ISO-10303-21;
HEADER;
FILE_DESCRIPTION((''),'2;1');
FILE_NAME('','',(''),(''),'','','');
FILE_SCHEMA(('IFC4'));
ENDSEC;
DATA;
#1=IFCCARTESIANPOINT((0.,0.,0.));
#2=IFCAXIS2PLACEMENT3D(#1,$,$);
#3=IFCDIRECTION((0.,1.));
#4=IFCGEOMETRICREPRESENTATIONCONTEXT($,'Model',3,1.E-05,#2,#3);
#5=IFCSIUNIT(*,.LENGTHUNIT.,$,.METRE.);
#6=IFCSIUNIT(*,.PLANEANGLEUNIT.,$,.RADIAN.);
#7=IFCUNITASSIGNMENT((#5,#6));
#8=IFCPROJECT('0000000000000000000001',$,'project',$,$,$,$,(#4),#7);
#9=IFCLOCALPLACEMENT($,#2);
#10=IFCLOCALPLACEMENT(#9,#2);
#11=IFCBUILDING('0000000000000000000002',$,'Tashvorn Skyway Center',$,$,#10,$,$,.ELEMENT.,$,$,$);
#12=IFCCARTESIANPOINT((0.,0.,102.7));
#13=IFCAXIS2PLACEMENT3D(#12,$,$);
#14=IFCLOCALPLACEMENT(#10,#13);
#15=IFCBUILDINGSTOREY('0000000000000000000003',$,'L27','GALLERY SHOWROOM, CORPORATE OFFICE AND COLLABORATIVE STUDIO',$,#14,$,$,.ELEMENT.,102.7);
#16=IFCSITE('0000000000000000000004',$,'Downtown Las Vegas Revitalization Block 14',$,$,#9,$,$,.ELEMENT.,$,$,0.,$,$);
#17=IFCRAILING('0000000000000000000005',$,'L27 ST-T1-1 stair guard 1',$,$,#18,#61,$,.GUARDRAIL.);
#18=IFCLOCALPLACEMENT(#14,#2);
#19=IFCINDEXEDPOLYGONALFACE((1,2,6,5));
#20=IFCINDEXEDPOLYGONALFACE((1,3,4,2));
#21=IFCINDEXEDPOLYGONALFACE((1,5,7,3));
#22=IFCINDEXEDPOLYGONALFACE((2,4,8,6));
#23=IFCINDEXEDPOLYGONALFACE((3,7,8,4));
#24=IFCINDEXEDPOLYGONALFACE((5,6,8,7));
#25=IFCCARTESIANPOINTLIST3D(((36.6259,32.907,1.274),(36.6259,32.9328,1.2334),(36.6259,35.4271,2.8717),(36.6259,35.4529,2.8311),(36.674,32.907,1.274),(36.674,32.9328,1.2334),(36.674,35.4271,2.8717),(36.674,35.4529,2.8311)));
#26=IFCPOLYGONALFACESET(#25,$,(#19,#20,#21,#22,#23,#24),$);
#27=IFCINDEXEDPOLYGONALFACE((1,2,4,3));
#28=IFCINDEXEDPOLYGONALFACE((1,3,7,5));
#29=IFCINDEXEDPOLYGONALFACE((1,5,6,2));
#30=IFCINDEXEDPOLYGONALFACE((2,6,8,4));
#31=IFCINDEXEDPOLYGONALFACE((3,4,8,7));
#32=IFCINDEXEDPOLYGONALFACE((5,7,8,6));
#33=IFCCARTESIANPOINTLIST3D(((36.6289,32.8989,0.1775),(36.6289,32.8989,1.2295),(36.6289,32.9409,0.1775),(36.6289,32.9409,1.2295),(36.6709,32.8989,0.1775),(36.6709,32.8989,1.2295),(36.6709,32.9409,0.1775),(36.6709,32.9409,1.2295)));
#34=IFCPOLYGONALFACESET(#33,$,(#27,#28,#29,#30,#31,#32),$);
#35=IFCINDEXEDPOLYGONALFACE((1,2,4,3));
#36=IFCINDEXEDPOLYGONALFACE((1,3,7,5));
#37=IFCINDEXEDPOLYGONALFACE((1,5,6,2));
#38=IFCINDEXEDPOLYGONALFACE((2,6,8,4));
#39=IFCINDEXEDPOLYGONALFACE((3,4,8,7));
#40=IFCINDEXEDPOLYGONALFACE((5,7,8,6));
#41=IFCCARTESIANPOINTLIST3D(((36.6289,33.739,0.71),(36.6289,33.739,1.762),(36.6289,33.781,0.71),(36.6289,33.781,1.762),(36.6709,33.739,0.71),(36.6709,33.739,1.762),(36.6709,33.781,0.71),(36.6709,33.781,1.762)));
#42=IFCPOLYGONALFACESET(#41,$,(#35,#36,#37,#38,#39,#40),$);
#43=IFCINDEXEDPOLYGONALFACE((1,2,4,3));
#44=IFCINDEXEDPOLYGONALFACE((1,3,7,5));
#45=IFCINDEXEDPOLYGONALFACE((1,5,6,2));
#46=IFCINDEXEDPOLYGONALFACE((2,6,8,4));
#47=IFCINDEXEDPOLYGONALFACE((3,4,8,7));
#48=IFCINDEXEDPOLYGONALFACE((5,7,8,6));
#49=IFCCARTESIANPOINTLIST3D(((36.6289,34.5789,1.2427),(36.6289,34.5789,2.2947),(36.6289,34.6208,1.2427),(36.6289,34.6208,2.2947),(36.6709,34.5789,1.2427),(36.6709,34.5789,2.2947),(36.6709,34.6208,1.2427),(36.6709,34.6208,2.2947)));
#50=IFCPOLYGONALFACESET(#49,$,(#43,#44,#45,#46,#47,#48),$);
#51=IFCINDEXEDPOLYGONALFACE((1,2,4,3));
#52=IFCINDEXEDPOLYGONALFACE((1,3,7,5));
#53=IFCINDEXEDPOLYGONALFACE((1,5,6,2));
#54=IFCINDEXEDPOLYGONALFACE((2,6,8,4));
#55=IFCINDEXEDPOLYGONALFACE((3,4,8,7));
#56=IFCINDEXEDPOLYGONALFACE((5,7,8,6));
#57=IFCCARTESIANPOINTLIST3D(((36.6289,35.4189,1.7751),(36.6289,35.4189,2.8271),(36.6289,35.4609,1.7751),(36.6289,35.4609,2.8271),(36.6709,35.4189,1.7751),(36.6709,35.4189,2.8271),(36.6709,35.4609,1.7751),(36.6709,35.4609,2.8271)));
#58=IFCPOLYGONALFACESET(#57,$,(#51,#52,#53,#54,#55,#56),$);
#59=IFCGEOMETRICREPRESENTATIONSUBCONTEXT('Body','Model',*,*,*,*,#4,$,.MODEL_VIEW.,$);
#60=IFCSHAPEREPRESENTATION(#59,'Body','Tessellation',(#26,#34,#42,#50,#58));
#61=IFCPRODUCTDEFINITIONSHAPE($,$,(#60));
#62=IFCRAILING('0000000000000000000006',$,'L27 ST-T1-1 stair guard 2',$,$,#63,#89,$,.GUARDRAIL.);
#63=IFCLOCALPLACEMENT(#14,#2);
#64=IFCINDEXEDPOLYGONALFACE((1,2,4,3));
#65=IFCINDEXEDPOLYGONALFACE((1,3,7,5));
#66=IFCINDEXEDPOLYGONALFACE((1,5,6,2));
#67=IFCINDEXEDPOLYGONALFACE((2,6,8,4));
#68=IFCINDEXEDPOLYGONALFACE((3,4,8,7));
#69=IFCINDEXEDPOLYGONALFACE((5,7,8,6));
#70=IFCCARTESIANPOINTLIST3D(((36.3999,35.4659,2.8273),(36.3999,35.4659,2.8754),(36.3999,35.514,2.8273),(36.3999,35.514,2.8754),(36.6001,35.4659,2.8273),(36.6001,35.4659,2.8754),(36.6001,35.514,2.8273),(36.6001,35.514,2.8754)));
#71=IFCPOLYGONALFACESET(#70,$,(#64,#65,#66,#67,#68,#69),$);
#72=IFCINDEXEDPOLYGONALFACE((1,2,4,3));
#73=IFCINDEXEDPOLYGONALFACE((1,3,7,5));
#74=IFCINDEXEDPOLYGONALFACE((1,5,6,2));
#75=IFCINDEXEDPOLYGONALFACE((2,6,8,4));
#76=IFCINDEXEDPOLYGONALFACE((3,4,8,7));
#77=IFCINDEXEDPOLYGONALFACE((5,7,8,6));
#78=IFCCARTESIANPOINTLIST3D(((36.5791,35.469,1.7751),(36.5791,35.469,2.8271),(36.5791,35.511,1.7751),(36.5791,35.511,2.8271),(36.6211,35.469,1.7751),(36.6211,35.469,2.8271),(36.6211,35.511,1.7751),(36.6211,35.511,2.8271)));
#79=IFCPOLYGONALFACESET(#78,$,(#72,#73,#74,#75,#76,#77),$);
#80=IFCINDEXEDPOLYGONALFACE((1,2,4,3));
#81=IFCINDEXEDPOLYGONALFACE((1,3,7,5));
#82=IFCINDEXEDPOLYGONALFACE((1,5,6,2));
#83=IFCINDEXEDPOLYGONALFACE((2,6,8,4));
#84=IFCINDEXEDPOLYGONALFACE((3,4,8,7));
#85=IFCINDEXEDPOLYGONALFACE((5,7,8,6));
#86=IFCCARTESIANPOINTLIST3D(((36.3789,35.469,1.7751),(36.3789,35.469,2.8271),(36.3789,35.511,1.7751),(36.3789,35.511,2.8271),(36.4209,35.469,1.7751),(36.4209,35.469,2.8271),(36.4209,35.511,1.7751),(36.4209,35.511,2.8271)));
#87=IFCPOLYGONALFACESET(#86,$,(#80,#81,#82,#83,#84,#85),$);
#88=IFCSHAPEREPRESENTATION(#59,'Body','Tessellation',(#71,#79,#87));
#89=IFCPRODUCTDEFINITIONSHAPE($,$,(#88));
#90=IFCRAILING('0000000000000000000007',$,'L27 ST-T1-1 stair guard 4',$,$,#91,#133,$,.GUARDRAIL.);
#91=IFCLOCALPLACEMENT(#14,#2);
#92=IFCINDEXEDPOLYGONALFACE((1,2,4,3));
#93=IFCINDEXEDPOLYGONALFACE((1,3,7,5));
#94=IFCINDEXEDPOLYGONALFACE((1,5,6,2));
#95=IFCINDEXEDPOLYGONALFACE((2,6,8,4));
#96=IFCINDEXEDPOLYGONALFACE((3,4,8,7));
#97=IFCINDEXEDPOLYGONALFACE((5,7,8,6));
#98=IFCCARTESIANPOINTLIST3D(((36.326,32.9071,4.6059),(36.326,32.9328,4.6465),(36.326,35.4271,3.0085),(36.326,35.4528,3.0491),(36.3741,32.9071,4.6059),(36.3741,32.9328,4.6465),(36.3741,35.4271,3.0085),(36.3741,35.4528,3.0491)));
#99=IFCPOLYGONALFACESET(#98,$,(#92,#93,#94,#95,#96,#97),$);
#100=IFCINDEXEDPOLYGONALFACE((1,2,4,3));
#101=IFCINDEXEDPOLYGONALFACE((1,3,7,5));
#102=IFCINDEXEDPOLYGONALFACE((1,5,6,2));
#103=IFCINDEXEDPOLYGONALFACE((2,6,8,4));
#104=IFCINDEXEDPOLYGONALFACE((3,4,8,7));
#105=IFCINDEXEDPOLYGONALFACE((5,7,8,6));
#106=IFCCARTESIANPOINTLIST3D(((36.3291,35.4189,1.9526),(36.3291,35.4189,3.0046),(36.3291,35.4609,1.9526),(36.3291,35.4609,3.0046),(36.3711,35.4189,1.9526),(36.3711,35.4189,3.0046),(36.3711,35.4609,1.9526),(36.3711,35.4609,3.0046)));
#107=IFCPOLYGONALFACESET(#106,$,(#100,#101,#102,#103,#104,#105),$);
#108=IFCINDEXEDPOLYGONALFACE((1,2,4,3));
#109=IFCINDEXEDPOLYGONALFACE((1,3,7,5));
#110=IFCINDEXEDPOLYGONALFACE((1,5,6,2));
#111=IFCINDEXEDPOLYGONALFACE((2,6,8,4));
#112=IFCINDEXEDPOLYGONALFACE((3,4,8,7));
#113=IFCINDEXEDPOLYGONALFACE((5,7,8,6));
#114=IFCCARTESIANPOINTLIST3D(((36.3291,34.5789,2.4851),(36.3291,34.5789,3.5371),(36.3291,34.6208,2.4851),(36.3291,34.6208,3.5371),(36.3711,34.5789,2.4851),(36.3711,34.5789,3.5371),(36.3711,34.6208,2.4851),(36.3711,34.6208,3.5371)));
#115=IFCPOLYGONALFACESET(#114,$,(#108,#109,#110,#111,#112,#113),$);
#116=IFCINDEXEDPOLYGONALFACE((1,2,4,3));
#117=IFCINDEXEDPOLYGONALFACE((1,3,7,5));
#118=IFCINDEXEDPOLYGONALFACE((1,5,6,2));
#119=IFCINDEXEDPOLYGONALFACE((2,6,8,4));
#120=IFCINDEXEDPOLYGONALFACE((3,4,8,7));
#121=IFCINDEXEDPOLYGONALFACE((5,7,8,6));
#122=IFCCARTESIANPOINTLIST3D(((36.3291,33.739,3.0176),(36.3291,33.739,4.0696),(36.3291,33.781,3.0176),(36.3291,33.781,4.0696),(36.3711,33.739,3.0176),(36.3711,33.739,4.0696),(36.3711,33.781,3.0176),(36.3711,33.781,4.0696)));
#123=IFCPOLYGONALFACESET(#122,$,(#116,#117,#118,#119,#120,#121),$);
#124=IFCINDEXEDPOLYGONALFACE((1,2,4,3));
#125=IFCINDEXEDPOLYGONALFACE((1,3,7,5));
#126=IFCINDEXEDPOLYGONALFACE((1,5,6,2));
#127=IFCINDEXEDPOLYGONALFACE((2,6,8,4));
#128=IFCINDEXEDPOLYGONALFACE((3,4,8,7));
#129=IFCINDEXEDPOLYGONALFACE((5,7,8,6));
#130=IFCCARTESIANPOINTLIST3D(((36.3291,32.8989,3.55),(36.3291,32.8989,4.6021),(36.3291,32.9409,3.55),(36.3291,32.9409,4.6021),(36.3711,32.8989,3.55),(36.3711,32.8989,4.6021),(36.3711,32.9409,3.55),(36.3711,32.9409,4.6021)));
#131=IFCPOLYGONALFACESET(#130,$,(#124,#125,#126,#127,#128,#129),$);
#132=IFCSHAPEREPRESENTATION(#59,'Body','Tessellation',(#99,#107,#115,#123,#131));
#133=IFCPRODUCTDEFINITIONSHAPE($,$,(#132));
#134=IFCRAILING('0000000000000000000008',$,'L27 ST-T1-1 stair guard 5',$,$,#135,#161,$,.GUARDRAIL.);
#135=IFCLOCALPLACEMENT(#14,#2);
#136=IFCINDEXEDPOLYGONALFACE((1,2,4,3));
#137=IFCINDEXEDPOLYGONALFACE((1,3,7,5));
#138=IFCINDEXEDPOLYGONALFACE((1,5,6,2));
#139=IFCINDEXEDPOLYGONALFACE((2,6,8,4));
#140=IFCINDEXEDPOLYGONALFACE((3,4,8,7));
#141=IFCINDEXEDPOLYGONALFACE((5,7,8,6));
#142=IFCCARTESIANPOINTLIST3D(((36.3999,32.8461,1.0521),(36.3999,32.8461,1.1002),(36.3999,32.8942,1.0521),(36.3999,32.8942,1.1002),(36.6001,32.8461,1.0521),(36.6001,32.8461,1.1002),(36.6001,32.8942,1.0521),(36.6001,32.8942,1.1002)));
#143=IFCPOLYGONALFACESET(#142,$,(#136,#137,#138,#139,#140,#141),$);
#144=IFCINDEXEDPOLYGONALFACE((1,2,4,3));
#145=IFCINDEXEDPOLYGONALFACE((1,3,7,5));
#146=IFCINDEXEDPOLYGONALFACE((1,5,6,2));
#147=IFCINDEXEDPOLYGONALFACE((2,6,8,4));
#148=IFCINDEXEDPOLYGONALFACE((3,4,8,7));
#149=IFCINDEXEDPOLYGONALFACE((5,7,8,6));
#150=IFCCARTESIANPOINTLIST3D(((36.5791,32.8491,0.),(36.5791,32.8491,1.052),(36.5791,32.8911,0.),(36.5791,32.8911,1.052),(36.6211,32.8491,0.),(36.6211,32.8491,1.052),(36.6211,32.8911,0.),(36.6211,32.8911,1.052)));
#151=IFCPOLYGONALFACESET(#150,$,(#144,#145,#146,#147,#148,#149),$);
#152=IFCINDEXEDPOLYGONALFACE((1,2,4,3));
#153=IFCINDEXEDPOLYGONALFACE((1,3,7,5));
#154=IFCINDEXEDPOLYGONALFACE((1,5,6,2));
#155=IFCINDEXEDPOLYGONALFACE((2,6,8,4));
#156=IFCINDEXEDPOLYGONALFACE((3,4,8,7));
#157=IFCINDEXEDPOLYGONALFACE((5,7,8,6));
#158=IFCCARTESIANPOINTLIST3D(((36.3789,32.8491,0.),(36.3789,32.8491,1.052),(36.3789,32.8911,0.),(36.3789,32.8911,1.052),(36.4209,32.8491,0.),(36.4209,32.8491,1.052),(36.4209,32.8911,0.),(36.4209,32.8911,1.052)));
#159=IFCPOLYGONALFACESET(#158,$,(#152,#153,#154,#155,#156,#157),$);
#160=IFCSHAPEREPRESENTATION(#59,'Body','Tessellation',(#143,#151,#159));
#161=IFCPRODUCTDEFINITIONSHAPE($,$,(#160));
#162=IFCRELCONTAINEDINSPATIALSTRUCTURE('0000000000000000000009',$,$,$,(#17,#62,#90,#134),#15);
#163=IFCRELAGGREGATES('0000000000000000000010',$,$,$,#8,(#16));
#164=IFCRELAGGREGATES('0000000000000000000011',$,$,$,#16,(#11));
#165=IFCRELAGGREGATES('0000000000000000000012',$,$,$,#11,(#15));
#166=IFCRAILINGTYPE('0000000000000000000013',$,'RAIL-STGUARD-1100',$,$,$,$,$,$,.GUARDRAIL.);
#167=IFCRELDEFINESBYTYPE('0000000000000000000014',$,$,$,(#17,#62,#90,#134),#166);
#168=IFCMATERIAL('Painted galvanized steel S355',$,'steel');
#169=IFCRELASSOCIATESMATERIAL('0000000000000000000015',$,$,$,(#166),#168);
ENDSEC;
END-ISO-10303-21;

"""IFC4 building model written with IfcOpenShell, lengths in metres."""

from ifc_helpers import new_model, si_unit, direction, frame, origin, origin_2d, place, context, subcontext, project, spatial, rectangle, extrude, material, type_object, element, save


model = new_model("IFC4")

# Units and contexts
model_context = context("Model", 3, precision=1e-05, world=origin(), true_north=direction((0.0, 1.0)))
body_context = subcontext(model_context, "Body", "Model", "MODEL_VIEW")
ifc_project = project(units=[si_unit("LENGTHUNIT", "METRE"), si_unit("PLANEANGLEUNIT", "RADIAN")], contexts=[model_context])

# Site, building, storey
site_placement = place(None, origin())
site = spatial("IfcSite", under=ifc_project, at=site_placement, Name="Downtown Las Vegas Revitalization Block 14", CompositionType="ELEMENT", RefElevation=0.0)
building_placement = place(site_placement, origin())
building = spatial("IfcBuilding", under=site, at=building_placement, Name="Tashvorn Skyway Center", CompositionType="ELEMENT")
storey_placement = place(building_placement, frame((0.0, 0.0, 102.7)))
storey = spatial("IfcBuildingStorey", under=building, at=storey_placement, Name="L27", Description="GALLERY SHOWROOM, CORPORATE OFFICE AND COLLABORATIVE STUDIO", CompositionType="ELEMENT", Elevation=102.7)

# Railings
ifc_material_1 = material(Name="Painted galvanized steel S355", Category="steel")
railing_type_1 = type_object("IfcRailingType", Name="RAIL-STGUARD-1100", PredefinedType="GUARDRAIL", material=ifc_material_1)
railing_1_placement = place(storey_placement, frame((36.6499, 32.9199, 0.1775)))
element("IfcRailing", 1, at=railing_1_placement, inside=storey, type_object=railing_type_1, Name="L27 ST-T1-1 stair guard 1", PredefinedType="GUARDRAIL", context=body_context, shape_type="SweptSolid", body=[
    extrude(rectangle(XDim=0.0481, YDim=0.0481, at=origin_2d()), frame((0.0, 0.0, 1.0762), z_axis=(0.0, 0.84457, 0.535445), x_axis=(-1.0, 0.0, 0.0)), (0.0, 0.0, 1.0), 2.9839),
    extrude(rectangle(XDim=0.042, YDim=0.042, at=origin_2d()), origin(), (0.0, 0.0, 1.0), 1.052),
    extrude(rectangle(XDim=0.042, YDim=0.042, at=origin_2d()), frame((0.0, 0.8401, 0.5325)), (0.0, 0.0, 1.0), 1.052),
    extrude(rectangle(XDim=0.042, YDim=0.042, at=origin_2d()), frame((0.0, 1.6799, 1.0652)), (0.0, 0.0, 1.0), 1.052),
    extrude(rectangle(XDim=0.042, YDim=0.042, at=origin_2d()), frame((0.0, 2.52, 1.5977)), (0.0, 0.0, 1.0), 1.052),
])
railing_2_placement = place(storey_placement, frame((36.6001, 35.49, 1.7751)))
element("IfcRailing", 2, at=railing_2_placement, inside=storey, type_object=railing_type_1, Name="L27 ST-T1-1 stair guard 2", PredefinedType="GUARDRAIL", context=body_context, shape_type="SweptSolid", body=[
    extrude(rectangle(XDim=0.0481, YDim=0.0481, at=origin_2d()), frame((0.0, 0.0, 1.0762), z_axis=(-1.0, 0.0, 0.0), x_axis=(0.0, -1.0, 0.0)), (0.0, 0.0, 1.0), 0.2002),
    extrude(rectangle(XDim=0.042, YDim=0.042, at=origin_2d()), origin(), (0.0, 0.0, 1.0), 1.052),
    extrude(rectangle(XDim=0.042, YDim=0.042, at=origin_2d()), frame((-0.2002, 0.0, 0.0)), (0.0, 0.0, 1.0), 1.052),
])
railing_3_placement = place(storey_placement, frame((36.3501, 35.4399, 1.9526)))
element("IfcRailing", 3, at=railing_3_placement, inside=storey, type_object=railing_type_1, Name="L27 ST-T1-1 stair guard 4", PredefinedType="GUARDRAIL", context=body_context, shape_type="SweptSolid", body=[
    extrude(rectangle(XDim=0.0481, YDim=0.0481, at=origin_2d()), frame((0.0, 0.0, 1.0762), z_axis=(0.0, -0.844607, 0.535387), x_axis=(1.0, 0.0, 0.0)), (0.0, 0.0, 1.0), 2.9836),
    extrude(rectangle(XDim=0.042, YDim=0.042, at=origin_2d()), origin(), (0.0, 0.0, 1.0), 1.052),
    extrude(rectangle(XDim=0.042, YDim=0.042, at=origin_2d()), frame((0.0, -0.8401, 0.5325)), (0.0, 0.0, 1.0), 1.052),
    extrude(rectangle(XDim=0.042, YDim=0.042, at=origin_2d()), frame((0.0, -1.6799, 1.0649)), (0.0, 0.0, 1.0), 1.052),
    extrude(rectangle(XDim=0.042, YDim=0.042, at=origin_2d()), frame((0.0, -2.52, 1.5974)), (0.0, 0.0, 1.0), 1.052),
])
railing_4_placement = place(storey_placement, frame((36.6001, 32.8701, 0.0)))
element("IfcRailing", 4, at=railing_4_placement, inside=storey, type_object=railing_type_1, Name="L27 ST-T1-1 stair guard 5", PredefinedType="GUARDRAIL", context=body_context, shape_type="SweptSolid", body=[
    extrude(rectangle(XDim=0.0481, YDim=0.0481, at=origin_2d()), frame((0.0, 0.0, 1.0762), z_axis=(-1.0, 0.0, 0.0), x_axis=(0.0, -1.0, 0.0)), (0.0, 0.0, 1.0), 0.2002),
    extrude(rectangle(XDim=0.042, YDim=0.042, at=origin_2d()), origin(), (0.0, 0.0, 1.0), 1.052),
    extrude(rectangle(XDim=0.042, YDim=0.042, at=origin_2d()), frame((-0.2002, 0.0, 0.0)), (0.0, 0.0, 1.0), 1.052),
])

save(model, "model.ifc")
